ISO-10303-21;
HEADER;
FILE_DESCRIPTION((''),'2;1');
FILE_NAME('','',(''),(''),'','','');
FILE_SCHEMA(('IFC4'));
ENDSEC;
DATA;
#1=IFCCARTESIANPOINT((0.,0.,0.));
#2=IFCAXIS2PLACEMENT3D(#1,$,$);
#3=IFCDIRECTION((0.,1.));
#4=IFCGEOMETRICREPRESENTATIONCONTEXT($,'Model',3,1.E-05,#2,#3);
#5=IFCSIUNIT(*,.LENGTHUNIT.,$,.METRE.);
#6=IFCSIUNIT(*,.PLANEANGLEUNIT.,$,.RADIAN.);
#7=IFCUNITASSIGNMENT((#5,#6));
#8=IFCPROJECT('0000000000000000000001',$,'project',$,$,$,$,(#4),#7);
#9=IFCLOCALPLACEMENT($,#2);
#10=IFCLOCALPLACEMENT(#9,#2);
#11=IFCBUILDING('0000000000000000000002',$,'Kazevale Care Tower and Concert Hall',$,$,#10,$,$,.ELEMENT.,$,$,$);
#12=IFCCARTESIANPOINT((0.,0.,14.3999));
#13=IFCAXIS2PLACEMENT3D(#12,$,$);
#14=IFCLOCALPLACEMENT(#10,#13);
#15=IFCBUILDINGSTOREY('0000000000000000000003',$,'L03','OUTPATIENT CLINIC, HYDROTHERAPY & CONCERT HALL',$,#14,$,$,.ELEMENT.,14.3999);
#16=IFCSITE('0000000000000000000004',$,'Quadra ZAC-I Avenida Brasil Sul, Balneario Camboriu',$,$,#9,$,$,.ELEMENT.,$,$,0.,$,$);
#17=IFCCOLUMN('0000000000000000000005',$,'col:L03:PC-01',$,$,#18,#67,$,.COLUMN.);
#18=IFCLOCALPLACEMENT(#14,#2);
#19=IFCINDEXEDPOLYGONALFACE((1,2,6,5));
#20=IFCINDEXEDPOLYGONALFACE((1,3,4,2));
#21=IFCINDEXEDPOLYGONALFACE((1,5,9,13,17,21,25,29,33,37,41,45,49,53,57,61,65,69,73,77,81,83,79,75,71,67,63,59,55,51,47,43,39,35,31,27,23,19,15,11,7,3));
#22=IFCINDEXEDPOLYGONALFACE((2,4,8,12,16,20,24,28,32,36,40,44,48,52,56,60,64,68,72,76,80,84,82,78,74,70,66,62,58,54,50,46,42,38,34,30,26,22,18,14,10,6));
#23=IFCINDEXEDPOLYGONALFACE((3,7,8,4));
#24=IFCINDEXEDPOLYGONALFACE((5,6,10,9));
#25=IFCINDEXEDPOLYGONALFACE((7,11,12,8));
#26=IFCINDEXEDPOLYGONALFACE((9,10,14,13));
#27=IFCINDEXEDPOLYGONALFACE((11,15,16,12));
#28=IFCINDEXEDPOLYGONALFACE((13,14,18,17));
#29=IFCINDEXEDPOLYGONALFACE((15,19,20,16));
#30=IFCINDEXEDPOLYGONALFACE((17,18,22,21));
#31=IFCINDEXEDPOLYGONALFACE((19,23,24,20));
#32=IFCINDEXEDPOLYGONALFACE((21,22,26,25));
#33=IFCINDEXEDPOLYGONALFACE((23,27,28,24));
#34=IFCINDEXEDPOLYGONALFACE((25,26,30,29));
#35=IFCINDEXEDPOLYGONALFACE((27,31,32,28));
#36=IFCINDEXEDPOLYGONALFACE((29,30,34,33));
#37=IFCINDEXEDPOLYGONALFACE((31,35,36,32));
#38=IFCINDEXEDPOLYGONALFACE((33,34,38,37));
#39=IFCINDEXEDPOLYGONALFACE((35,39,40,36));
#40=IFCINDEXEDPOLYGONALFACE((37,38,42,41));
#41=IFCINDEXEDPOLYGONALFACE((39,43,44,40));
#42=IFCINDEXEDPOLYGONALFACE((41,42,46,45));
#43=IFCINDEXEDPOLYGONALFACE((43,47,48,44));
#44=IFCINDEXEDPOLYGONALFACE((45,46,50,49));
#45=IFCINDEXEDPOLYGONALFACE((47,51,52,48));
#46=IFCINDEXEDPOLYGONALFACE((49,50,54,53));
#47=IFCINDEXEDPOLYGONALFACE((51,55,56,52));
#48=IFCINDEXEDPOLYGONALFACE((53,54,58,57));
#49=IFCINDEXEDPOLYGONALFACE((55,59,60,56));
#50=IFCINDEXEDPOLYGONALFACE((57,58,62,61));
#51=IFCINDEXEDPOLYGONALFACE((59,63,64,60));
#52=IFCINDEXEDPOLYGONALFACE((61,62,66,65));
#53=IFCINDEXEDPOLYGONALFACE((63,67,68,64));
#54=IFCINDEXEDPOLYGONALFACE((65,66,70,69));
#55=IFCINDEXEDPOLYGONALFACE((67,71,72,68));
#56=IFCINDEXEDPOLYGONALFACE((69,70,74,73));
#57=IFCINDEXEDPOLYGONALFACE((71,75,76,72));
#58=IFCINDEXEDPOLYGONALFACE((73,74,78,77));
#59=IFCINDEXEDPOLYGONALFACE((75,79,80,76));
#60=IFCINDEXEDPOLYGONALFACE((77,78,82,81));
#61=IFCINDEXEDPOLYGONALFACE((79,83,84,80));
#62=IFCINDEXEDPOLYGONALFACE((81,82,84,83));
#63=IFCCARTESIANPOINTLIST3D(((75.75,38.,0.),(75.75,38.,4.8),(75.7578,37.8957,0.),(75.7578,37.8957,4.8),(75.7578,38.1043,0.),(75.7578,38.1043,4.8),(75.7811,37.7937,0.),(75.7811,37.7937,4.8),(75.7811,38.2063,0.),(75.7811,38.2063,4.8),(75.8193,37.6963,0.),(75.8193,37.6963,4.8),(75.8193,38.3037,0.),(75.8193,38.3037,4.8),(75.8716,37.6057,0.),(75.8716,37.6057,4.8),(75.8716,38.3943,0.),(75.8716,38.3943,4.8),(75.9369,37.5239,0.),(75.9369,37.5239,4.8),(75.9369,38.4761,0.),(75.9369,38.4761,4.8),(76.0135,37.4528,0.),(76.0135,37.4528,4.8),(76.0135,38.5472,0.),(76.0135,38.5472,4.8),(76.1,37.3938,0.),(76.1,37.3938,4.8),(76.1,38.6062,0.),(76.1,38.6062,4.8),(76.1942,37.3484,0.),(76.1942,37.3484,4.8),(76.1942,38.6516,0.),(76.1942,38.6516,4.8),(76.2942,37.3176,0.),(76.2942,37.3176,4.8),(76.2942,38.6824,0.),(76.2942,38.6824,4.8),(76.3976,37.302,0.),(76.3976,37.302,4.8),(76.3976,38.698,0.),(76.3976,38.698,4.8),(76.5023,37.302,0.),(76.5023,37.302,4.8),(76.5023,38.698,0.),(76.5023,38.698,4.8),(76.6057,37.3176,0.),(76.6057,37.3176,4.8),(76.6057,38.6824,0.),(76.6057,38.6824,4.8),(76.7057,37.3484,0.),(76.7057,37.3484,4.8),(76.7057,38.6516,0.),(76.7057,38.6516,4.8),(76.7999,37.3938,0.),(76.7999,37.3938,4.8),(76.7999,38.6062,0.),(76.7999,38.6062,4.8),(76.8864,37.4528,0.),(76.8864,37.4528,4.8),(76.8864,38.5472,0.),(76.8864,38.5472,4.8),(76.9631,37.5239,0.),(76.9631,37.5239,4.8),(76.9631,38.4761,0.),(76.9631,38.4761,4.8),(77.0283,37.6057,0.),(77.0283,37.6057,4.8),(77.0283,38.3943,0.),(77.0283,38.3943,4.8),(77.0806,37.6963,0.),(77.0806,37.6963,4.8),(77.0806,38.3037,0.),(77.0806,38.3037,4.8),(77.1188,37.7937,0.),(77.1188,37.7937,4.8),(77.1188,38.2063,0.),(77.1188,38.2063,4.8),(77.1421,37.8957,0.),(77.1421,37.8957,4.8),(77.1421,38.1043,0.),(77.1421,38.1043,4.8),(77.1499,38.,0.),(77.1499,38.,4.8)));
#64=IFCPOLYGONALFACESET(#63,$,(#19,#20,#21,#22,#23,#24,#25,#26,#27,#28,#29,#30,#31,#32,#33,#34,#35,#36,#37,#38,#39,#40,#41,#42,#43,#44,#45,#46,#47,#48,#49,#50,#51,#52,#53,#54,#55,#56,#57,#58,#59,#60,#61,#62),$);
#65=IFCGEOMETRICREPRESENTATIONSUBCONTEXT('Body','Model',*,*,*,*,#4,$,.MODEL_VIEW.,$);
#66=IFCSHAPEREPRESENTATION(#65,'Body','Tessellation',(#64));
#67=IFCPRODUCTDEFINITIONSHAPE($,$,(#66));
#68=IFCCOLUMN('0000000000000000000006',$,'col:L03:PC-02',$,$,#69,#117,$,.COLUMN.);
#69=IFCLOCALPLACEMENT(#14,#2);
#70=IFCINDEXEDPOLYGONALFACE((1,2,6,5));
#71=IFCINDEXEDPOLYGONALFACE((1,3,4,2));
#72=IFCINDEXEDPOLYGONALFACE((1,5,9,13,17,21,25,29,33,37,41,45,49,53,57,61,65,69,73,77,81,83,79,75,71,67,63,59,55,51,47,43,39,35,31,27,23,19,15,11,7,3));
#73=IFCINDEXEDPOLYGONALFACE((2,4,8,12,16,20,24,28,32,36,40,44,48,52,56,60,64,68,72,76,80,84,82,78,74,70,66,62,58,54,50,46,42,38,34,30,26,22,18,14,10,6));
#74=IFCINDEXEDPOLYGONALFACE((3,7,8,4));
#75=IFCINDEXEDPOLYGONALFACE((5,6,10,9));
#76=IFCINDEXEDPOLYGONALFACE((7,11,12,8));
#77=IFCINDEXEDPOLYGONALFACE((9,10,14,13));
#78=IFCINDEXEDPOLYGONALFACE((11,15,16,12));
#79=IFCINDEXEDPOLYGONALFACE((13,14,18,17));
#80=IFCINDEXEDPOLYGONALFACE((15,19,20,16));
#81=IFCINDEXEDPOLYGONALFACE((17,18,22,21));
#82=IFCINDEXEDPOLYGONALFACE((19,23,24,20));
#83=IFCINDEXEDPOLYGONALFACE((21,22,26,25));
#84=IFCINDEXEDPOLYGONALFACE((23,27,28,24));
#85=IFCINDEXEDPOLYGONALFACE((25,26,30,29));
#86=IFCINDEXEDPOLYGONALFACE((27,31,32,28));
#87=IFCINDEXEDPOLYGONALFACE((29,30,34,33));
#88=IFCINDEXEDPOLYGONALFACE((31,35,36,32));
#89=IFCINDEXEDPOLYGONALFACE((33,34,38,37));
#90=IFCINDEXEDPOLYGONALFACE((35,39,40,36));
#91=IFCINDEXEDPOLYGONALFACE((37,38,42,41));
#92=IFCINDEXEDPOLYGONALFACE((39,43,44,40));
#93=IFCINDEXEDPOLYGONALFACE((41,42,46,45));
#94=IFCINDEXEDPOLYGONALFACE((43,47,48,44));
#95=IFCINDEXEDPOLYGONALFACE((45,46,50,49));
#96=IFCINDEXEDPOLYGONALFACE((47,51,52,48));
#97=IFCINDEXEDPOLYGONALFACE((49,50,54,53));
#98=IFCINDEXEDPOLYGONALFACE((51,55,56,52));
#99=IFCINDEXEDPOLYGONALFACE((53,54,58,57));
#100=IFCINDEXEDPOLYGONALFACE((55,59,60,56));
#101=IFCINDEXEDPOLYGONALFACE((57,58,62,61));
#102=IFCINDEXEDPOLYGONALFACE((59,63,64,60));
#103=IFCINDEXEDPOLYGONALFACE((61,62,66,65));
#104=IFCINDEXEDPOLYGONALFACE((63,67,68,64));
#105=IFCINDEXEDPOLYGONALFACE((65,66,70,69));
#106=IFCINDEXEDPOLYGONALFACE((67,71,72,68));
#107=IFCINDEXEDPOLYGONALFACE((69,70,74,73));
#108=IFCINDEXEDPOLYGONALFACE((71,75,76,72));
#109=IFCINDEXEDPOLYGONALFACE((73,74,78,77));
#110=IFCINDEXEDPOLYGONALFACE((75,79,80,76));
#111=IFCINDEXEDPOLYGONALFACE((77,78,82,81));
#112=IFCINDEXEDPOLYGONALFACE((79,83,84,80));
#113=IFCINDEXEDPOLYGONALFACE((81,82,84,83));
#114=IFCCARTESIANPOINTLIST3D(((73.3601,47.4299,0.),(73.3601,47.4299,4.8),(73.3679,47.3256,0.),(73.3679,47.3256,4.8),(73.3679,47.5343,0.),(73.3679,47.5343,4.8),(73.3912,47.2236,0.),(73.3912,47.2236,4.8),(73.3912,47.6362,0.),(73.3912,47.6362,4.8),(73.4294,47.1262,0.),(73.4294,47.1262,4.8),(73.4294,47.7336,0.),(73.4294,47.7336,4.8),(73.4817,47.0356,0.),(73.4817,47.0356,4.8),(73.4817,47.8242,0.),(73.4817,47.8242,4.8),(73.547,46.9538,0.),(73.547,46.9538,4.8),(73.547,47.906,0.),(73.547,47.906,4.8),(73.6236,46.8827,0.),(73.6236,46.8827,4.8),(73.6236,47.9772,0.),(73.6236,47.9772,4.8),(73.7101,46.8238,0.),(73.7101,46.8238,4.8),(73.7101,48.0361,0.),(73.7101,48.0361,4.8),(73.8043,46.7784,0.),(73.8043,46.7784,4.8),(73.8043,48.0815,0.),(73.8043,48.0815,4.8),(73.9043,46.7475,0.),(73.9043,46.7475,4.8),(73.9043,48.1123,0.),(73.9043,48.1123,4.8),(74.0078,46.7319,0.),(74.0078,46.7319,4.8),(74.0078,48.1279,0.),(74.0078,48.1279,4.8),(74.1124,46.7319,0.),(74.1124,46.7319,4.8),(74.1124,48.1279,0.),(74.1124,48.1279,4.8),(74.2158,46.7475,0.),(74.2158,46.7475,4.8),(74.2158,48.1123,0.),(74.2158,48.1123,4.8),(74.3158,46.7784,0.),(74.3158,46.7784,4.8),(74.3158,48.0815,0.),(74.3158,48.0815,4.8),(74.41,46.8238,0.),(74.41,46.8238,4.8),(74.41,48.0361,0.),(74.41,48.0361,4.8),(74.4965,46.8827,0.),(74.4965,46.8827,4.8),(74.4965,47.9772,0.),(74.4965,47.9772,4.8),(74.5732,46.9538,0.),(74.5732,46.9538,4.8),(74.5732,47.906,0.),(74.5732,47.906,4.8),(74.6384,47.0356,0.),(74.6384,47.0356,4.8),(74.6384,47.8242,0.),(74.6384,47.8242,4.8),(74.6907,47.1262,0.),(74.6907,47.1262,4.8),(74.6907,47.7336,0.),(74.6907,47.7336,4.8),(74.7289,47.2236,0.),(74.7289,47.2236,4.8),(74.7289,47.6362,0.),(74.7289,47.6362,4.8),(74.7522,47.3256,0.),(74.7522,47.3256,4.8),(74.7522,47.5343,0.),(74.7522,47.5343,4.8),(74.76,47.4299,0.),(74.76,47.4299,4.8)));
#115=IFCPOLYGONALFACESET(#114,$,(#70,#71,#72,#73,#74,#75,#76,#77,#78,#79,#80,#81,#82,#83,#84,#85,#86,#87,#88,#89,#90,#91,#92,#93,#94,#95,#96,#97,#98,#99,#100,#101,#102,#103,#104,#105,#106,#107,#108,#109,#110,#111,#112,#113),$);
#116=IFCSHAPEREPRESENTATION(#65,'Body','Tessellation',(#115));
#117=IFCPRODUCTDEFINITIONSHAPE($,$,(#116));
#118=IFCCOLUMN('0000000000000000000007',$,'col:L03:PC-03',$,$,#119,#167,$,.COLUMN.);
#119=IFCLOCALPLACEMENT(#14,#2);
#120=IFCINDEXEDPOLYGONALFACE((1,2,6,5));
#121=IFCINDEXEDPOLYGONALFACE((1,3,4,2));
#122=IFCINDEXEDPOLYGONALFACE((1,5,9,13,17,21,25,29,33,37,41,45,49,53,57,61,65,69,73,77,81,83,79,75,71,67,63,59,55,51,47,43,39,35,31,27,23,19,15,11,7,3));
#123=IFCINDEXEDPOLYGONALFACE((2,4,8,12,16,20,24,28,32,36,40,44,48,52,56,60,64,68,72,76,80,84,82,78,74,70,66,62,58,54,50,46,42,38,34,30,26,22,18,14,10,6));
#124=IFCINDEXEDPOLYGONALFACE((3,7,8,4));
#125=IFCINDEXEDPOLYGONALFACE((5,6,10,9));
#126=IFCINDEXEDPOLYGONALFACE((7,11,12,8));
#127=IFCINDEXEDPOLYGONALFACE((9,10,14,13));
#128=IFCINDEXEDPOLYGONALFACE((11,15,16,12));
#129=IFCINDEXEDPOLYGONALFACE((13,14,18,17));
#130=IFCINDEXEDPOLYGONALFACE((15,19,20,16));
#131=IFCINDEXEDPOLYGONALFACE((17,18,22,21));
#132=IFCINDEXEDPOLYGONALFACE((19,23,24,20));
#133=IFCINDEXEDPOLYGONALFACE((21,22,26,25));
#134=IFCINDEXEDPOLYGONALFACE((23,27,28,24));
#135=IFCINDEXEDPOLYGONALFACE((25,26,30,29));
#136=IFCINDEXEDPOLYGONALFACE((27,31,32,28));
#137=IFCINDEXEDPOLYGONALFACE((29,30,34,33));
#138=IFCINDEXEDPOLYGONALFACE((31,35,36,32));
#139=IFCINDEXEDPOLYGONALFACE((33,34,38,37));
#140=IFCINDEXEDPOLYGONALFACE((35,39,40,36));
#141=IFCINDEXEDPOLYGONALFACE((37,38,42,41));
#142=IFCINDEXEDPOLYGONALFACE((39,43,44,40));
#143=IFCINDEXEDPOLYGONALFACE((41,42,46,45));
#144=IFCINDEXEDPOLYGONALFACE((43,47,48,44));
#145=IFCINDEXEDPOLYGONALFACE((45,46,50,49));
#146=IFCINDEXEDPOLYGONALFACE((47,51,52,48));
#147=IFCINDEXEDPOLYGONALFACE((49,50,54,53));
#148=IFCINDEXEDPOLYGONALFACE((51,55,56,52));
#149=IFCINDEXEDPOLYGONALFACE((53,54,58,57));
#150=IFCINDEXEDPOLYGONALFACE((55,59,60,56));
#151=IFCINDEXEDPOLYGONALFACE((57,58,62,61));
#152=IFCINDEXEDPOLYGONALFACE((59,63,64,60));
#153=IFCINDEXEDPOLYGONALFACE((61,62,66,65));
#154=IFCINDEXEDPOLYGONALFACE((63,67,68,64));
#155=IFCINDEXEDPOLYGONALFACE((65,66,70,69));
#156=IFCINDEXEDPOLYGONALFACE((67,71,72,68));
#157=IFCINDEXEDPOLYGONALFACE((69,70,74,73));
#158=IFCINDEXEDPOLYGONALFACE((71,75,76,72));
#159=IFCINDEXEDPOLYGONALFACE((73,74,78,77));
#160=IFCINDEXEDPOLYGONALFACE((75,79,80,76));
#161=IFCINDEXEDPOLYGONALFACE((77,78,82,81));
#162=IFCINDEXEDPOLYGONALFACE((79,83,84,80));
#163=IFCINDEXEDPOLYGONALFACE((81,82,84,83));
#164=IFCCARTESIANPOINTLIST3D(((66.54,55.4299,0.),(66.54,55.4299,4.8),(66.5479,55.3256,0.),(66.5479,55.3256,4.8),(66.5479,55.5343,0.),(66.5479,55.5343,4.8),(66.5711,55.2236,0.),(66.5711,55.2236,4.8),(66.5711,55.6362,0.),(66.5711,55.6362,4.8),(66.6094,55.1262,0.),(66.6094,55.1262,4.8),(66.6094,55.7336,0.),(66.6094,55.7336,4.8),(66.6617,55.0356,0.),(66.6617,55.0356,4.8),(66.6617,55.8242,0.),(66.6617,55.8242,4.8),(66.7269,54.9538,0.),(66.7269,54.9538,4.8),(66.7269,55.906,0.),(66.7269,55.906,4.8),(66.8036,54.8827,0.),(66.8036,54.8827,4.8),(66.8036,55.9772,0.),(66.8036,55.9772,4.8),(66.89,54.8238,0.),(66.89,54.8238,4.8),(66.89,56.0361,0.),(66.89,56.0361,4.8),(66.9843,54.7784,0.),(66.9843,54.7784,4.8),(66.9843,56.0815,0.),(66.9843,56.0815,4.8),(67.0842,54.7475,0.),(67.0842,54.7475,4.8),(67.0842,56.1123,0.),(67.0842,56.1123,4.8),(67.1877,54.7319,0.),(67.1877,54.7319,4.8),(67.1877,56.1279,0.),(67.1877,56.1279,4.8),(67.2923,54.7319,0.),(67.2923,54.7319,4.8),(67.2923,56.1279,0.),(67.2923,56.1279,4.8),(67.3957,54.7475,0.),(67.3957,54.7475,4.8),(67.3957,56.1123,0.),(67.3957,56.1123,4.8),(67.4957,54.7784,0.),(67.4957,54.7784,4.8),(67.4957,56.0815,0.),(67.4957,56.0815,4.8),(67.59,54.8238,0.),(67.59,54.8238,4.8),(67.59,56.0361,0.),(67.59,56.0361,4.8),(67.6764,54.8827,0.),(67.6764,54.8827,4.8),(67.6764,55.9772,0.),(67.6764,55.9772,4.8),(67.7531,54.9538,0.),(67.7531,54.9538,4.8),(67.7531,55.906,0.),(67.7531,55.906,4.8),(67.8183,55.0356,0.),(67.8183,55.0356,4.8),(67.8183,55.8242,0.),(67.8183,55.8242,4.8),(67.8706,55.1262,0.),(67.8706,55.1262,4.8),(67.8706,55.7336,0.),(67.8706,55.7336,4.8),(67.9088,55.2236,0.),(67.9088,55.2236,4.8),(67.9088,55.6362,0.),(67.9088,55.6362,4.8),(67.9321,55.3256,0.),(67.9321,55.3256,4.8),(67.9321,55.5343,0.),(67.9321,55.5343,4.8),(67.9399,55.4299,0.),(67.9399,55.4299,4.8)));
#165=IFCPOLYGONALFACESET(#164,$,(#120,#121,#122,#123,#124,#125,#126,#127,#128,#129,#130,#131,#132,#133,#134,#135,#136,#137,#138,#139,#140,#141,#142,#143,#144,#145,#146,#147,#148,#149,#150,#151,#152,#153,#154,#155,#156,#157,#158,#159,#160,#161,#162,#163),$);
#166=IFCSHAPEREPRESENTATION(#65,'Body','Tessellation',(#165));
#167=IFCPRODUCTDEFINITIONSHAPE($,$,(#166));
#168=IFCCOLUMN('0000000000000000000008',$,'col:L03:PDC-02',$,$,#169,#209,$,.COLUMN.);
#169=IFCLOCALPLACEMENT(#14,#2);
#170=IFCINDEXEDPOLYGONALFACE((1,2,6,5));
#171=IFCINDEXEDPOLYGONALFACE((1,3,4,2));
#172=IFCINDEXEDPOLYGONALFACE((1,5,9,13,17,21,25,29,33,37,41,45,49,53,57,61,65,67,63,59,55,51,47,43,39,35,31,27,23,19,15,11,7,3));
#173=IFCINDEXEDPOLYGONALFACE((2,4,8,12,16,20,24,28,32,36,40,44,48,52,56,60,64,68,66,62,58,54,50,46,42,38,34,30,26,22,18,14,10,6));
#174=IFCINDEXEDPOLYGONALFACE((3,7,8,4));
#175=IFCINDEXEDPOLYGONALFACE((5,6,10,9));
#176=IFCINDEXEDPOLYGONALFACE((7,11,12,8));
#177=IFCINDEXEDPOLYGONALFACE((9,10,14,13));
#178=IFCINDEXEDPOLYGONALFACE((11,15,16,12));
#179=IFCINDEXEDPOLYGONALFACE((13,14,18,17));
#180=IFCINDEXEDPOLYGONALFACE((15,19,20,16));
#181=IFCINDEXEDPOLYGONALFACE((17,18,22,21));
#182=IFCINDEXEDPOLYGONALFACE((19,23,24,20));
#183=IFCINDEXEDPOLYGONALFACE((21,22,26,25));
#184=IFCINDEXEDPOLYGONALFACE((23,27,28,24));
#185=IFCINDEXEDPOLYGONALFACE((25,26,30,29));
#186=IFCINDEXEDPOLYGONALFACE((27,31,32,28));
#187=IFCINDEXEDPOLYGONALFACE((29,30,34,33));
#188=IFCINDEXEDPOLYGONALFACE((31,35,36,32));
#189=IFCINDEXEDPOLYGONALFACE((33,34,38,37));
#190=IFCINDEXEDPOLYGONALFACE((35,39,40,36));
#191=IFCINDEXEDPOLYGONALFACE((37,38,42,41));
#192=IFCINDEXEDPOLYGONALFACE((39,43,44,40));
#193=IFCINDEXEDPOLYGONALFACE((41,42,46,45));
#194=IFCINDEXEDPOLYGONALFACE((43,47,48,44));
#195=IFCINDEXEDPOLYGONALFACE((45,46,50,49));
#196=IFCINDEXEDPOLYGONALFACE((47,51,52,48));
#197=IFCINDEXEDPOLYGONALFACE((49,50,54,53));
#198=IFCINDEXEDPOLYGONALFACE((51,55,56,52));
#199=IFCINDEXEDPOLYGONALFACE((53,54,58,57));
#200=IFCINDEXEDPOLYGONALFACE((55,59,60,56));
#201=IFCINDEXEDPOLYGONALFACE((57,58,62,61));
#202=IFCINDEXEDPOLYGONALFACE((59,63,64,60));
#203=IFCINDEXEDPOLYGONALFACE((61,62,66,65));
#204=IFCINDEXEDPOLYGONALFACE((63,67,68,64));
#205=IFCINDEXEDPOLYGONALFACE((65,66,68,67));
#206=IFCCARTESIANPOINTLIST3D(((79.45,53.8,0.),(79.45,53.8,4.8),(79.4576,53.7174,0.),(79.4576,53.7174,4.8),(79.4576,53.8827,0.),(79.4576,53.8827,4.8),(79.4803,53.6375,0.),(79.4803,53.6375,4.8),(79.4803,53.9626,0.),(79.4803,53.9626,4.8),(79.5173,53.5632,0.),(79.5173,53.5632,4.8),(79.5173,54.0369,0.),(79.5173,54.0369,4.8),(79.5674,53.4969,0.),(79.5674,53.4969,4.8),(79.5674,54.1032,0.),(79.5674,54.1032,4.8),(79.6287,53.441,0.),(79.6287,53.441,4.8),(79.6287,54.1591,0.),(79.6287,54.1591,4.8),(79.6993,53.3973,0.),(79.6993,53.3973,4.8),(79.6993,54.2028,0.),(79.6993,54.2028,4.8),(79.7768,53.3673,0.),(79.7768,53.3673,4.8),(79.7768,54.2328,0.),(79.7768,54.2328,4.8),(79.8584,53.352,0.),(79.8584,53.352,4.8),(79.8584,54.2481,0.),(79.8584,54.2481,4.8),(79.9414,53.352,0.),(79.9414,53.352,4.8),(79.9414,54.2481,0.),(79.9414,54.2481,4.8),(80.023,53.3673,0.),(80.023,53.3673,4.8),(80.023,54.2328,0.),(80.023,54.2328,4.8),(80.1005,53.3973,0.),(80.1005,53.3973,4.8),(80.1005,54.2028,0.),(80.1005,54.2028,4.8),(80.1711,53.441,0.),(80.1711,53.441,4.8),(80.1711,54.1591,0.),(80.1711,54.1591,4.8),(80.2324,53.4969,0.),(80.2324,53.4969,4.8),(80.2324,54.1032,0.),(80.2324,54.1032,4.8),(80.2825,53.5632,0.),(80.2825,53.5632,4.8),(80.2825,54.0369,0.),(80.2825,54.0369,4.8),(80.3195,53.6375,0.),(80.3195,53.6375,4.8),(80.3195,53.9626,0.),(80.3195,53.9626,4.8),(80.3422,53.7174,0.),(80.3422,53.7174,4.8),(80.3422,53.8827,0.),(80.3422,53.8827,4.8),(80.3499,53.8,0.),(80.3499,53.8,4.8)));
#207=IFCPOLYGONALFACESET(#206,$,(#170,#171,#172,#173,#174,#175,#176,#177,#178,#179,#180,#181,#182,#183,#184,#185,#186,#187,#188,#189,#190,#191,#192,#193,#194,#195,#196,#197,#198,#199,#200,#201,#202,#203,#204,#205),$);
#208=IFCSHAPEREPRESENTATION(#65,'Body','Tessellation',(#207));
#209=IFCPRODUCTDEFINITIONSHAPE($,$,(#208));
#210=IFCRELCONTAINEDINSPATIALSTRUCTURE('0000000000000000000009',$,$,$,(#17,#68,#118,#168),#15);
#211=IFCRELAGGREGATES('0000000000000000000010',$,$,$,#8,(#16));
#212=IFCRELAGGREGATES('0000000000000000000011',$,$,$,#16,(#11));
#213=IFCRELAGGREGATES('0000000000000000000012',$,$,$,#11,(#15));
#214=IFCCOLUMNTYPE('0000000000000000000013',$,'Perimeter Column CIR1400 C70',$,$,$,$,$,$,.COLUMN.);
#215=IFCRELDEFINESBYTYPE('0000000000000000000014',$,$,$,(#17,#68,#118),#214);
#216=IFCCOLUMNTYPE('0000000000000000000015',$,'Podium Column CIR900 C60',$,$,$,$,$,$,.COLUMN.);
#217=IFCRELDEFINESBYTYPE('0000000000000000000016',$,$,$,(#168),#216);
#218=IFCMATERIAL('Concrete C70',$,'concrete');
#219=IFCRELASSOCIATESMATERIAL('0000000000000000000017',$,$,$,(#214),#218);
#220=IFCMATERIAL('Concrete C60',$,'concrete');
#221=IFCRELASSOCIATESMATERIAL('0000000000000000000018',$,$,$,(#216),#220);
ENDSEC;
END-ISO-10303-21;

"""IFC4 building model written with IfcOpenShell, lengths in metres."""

from ifc_helpers import new_model, si_unit, direction, frame, origin, origin_2d, place, context, subcontext, project, spatial, circle, extrude, material, material_profile, profile_set, type_object, element, save


model = new_model("IFC4")

# Units and contexts
model_context = context("Model", 3, precision=1e-05, world=origin(), true_north=direction((0.0, 1.0)))
body_context = subcontext(model_context, "Body", "Model", "MODEL_VIEW")
ifc_project = project(units=[si_unit("LENGTHUNIT", "METRE"), si_unit("PLANEANGLEUNIT", "RADIAN")], contexts=[model_context])

# Site, building, storey
site_placement = place(None, origin())
site = spatial("IfcSite", under=ifc_project, at=site_placement, Name="Quadra ZAC-I Avenida Brasil Sul, Balneario Camboriu", CompositionType="ELEMENT", RefElevation=0.0)
building_placement = place(site_placement, origin())
building = spatial("IfcBuilding", under=site, at=building_placement, Name="Kazevale Care Tower and Concert Hall", CompositionType="ELEMENT")
storey_placement = place(building_placement, frame((0.0, 0.0, 14.3999)))
storey = spatial("IfcBuildingStorey", under=building, at=storey_placement, Name="L03", Description="OUTPATIENT CLINIC, HYDROTHERAPY & CONCERT HALL", CompositionType="ELEMENT", Elevation=14.3999)

# Columns
ifc_material_1 = material(Name="Concrete C70", Category="concrete")
ifc_material_profile_1 = material_profile(ifc_material_1, circle(Radius=0.7, at=origin_2d()), Name="RC-CIR1400")
ifc_profile_set_1 = profile_set([ifc_material_profile_1], Name="Concrete C70")
column_type_1 = type_object("IfcColumnType", Name="Perimeter Column CIR1400 C70", PredefinedType="COLUMN", material=ifc_profile_set_1)
for number, where, z_axis, x_axis, name in (
    (1, (76.45, 38.0, 0.0), (0.0, 0.0, 1.0), (1.0, 0.0, 0.0), "col:L03:PC-01"),
    (2, (74.0601, 47.4299, 0.0), (0.0, 0.0, 1.0), (1.0, 0.0, 0.0), "col:L03:PC-02"),
    (3, (67.24, 55.4299, 0.0), (0.0, 0.0, 1.0), (1.0, 0.0, 0.0), "col:L03:PC-03"),
):
    element("IfcColumn", number, at=place(storey_placement, frame(where, z_axis=z_axis, x_axis=x_axis)), inside=storey, type_object=column_type_1, Name=name, PredefinedType="COLUMN", context=body_context, shape_type="SweptSolid", body=[
        extrude(circle(Radius=0.7, at=origin_2d()), origin(), (0.0, 0.0, 1.0), 4.8),
    ])
ifc_material_2 = material(Name="Concrete C60", Category="concrete")
ifc_material_profile_2 = material_profile(ifc_material_2, circle(Radius=0.45, at=origin_2d()), Name="RC-CIR900")
ifc_profile_set_2 = profile_set([ifc_material_profile_2], Name="Concrete C60")
column_type_2 = type_object("IfcColumnType", Name="Podium Column CIR900 C60", PredefinedType="COLUMN", material=ifc_profile_set_2)
for number, where, z_axis, x_axis, name in (
    (4, (79.8999, 53.8, 0.0), (0.0, 0.0, 1.0), (1.0, 0.0, 0.0), "col:L03:PDC-02"),
):
    element("IfcColumn", number, at=place(storey_placement, frame(where, z_axis=z_axis, x_axis=x_axis)), inside=storey, type_object=column_type_2, Name=name, PredefinedType="COLUMN", context=body_context, shape_type="SweptSolid", body=[
        extrude(circle(Radius=0.45, at=origin_2d()), origin(), (0.0, 0.0, 1.0), 4.8),
    ])

save(model, "model.ifc")
